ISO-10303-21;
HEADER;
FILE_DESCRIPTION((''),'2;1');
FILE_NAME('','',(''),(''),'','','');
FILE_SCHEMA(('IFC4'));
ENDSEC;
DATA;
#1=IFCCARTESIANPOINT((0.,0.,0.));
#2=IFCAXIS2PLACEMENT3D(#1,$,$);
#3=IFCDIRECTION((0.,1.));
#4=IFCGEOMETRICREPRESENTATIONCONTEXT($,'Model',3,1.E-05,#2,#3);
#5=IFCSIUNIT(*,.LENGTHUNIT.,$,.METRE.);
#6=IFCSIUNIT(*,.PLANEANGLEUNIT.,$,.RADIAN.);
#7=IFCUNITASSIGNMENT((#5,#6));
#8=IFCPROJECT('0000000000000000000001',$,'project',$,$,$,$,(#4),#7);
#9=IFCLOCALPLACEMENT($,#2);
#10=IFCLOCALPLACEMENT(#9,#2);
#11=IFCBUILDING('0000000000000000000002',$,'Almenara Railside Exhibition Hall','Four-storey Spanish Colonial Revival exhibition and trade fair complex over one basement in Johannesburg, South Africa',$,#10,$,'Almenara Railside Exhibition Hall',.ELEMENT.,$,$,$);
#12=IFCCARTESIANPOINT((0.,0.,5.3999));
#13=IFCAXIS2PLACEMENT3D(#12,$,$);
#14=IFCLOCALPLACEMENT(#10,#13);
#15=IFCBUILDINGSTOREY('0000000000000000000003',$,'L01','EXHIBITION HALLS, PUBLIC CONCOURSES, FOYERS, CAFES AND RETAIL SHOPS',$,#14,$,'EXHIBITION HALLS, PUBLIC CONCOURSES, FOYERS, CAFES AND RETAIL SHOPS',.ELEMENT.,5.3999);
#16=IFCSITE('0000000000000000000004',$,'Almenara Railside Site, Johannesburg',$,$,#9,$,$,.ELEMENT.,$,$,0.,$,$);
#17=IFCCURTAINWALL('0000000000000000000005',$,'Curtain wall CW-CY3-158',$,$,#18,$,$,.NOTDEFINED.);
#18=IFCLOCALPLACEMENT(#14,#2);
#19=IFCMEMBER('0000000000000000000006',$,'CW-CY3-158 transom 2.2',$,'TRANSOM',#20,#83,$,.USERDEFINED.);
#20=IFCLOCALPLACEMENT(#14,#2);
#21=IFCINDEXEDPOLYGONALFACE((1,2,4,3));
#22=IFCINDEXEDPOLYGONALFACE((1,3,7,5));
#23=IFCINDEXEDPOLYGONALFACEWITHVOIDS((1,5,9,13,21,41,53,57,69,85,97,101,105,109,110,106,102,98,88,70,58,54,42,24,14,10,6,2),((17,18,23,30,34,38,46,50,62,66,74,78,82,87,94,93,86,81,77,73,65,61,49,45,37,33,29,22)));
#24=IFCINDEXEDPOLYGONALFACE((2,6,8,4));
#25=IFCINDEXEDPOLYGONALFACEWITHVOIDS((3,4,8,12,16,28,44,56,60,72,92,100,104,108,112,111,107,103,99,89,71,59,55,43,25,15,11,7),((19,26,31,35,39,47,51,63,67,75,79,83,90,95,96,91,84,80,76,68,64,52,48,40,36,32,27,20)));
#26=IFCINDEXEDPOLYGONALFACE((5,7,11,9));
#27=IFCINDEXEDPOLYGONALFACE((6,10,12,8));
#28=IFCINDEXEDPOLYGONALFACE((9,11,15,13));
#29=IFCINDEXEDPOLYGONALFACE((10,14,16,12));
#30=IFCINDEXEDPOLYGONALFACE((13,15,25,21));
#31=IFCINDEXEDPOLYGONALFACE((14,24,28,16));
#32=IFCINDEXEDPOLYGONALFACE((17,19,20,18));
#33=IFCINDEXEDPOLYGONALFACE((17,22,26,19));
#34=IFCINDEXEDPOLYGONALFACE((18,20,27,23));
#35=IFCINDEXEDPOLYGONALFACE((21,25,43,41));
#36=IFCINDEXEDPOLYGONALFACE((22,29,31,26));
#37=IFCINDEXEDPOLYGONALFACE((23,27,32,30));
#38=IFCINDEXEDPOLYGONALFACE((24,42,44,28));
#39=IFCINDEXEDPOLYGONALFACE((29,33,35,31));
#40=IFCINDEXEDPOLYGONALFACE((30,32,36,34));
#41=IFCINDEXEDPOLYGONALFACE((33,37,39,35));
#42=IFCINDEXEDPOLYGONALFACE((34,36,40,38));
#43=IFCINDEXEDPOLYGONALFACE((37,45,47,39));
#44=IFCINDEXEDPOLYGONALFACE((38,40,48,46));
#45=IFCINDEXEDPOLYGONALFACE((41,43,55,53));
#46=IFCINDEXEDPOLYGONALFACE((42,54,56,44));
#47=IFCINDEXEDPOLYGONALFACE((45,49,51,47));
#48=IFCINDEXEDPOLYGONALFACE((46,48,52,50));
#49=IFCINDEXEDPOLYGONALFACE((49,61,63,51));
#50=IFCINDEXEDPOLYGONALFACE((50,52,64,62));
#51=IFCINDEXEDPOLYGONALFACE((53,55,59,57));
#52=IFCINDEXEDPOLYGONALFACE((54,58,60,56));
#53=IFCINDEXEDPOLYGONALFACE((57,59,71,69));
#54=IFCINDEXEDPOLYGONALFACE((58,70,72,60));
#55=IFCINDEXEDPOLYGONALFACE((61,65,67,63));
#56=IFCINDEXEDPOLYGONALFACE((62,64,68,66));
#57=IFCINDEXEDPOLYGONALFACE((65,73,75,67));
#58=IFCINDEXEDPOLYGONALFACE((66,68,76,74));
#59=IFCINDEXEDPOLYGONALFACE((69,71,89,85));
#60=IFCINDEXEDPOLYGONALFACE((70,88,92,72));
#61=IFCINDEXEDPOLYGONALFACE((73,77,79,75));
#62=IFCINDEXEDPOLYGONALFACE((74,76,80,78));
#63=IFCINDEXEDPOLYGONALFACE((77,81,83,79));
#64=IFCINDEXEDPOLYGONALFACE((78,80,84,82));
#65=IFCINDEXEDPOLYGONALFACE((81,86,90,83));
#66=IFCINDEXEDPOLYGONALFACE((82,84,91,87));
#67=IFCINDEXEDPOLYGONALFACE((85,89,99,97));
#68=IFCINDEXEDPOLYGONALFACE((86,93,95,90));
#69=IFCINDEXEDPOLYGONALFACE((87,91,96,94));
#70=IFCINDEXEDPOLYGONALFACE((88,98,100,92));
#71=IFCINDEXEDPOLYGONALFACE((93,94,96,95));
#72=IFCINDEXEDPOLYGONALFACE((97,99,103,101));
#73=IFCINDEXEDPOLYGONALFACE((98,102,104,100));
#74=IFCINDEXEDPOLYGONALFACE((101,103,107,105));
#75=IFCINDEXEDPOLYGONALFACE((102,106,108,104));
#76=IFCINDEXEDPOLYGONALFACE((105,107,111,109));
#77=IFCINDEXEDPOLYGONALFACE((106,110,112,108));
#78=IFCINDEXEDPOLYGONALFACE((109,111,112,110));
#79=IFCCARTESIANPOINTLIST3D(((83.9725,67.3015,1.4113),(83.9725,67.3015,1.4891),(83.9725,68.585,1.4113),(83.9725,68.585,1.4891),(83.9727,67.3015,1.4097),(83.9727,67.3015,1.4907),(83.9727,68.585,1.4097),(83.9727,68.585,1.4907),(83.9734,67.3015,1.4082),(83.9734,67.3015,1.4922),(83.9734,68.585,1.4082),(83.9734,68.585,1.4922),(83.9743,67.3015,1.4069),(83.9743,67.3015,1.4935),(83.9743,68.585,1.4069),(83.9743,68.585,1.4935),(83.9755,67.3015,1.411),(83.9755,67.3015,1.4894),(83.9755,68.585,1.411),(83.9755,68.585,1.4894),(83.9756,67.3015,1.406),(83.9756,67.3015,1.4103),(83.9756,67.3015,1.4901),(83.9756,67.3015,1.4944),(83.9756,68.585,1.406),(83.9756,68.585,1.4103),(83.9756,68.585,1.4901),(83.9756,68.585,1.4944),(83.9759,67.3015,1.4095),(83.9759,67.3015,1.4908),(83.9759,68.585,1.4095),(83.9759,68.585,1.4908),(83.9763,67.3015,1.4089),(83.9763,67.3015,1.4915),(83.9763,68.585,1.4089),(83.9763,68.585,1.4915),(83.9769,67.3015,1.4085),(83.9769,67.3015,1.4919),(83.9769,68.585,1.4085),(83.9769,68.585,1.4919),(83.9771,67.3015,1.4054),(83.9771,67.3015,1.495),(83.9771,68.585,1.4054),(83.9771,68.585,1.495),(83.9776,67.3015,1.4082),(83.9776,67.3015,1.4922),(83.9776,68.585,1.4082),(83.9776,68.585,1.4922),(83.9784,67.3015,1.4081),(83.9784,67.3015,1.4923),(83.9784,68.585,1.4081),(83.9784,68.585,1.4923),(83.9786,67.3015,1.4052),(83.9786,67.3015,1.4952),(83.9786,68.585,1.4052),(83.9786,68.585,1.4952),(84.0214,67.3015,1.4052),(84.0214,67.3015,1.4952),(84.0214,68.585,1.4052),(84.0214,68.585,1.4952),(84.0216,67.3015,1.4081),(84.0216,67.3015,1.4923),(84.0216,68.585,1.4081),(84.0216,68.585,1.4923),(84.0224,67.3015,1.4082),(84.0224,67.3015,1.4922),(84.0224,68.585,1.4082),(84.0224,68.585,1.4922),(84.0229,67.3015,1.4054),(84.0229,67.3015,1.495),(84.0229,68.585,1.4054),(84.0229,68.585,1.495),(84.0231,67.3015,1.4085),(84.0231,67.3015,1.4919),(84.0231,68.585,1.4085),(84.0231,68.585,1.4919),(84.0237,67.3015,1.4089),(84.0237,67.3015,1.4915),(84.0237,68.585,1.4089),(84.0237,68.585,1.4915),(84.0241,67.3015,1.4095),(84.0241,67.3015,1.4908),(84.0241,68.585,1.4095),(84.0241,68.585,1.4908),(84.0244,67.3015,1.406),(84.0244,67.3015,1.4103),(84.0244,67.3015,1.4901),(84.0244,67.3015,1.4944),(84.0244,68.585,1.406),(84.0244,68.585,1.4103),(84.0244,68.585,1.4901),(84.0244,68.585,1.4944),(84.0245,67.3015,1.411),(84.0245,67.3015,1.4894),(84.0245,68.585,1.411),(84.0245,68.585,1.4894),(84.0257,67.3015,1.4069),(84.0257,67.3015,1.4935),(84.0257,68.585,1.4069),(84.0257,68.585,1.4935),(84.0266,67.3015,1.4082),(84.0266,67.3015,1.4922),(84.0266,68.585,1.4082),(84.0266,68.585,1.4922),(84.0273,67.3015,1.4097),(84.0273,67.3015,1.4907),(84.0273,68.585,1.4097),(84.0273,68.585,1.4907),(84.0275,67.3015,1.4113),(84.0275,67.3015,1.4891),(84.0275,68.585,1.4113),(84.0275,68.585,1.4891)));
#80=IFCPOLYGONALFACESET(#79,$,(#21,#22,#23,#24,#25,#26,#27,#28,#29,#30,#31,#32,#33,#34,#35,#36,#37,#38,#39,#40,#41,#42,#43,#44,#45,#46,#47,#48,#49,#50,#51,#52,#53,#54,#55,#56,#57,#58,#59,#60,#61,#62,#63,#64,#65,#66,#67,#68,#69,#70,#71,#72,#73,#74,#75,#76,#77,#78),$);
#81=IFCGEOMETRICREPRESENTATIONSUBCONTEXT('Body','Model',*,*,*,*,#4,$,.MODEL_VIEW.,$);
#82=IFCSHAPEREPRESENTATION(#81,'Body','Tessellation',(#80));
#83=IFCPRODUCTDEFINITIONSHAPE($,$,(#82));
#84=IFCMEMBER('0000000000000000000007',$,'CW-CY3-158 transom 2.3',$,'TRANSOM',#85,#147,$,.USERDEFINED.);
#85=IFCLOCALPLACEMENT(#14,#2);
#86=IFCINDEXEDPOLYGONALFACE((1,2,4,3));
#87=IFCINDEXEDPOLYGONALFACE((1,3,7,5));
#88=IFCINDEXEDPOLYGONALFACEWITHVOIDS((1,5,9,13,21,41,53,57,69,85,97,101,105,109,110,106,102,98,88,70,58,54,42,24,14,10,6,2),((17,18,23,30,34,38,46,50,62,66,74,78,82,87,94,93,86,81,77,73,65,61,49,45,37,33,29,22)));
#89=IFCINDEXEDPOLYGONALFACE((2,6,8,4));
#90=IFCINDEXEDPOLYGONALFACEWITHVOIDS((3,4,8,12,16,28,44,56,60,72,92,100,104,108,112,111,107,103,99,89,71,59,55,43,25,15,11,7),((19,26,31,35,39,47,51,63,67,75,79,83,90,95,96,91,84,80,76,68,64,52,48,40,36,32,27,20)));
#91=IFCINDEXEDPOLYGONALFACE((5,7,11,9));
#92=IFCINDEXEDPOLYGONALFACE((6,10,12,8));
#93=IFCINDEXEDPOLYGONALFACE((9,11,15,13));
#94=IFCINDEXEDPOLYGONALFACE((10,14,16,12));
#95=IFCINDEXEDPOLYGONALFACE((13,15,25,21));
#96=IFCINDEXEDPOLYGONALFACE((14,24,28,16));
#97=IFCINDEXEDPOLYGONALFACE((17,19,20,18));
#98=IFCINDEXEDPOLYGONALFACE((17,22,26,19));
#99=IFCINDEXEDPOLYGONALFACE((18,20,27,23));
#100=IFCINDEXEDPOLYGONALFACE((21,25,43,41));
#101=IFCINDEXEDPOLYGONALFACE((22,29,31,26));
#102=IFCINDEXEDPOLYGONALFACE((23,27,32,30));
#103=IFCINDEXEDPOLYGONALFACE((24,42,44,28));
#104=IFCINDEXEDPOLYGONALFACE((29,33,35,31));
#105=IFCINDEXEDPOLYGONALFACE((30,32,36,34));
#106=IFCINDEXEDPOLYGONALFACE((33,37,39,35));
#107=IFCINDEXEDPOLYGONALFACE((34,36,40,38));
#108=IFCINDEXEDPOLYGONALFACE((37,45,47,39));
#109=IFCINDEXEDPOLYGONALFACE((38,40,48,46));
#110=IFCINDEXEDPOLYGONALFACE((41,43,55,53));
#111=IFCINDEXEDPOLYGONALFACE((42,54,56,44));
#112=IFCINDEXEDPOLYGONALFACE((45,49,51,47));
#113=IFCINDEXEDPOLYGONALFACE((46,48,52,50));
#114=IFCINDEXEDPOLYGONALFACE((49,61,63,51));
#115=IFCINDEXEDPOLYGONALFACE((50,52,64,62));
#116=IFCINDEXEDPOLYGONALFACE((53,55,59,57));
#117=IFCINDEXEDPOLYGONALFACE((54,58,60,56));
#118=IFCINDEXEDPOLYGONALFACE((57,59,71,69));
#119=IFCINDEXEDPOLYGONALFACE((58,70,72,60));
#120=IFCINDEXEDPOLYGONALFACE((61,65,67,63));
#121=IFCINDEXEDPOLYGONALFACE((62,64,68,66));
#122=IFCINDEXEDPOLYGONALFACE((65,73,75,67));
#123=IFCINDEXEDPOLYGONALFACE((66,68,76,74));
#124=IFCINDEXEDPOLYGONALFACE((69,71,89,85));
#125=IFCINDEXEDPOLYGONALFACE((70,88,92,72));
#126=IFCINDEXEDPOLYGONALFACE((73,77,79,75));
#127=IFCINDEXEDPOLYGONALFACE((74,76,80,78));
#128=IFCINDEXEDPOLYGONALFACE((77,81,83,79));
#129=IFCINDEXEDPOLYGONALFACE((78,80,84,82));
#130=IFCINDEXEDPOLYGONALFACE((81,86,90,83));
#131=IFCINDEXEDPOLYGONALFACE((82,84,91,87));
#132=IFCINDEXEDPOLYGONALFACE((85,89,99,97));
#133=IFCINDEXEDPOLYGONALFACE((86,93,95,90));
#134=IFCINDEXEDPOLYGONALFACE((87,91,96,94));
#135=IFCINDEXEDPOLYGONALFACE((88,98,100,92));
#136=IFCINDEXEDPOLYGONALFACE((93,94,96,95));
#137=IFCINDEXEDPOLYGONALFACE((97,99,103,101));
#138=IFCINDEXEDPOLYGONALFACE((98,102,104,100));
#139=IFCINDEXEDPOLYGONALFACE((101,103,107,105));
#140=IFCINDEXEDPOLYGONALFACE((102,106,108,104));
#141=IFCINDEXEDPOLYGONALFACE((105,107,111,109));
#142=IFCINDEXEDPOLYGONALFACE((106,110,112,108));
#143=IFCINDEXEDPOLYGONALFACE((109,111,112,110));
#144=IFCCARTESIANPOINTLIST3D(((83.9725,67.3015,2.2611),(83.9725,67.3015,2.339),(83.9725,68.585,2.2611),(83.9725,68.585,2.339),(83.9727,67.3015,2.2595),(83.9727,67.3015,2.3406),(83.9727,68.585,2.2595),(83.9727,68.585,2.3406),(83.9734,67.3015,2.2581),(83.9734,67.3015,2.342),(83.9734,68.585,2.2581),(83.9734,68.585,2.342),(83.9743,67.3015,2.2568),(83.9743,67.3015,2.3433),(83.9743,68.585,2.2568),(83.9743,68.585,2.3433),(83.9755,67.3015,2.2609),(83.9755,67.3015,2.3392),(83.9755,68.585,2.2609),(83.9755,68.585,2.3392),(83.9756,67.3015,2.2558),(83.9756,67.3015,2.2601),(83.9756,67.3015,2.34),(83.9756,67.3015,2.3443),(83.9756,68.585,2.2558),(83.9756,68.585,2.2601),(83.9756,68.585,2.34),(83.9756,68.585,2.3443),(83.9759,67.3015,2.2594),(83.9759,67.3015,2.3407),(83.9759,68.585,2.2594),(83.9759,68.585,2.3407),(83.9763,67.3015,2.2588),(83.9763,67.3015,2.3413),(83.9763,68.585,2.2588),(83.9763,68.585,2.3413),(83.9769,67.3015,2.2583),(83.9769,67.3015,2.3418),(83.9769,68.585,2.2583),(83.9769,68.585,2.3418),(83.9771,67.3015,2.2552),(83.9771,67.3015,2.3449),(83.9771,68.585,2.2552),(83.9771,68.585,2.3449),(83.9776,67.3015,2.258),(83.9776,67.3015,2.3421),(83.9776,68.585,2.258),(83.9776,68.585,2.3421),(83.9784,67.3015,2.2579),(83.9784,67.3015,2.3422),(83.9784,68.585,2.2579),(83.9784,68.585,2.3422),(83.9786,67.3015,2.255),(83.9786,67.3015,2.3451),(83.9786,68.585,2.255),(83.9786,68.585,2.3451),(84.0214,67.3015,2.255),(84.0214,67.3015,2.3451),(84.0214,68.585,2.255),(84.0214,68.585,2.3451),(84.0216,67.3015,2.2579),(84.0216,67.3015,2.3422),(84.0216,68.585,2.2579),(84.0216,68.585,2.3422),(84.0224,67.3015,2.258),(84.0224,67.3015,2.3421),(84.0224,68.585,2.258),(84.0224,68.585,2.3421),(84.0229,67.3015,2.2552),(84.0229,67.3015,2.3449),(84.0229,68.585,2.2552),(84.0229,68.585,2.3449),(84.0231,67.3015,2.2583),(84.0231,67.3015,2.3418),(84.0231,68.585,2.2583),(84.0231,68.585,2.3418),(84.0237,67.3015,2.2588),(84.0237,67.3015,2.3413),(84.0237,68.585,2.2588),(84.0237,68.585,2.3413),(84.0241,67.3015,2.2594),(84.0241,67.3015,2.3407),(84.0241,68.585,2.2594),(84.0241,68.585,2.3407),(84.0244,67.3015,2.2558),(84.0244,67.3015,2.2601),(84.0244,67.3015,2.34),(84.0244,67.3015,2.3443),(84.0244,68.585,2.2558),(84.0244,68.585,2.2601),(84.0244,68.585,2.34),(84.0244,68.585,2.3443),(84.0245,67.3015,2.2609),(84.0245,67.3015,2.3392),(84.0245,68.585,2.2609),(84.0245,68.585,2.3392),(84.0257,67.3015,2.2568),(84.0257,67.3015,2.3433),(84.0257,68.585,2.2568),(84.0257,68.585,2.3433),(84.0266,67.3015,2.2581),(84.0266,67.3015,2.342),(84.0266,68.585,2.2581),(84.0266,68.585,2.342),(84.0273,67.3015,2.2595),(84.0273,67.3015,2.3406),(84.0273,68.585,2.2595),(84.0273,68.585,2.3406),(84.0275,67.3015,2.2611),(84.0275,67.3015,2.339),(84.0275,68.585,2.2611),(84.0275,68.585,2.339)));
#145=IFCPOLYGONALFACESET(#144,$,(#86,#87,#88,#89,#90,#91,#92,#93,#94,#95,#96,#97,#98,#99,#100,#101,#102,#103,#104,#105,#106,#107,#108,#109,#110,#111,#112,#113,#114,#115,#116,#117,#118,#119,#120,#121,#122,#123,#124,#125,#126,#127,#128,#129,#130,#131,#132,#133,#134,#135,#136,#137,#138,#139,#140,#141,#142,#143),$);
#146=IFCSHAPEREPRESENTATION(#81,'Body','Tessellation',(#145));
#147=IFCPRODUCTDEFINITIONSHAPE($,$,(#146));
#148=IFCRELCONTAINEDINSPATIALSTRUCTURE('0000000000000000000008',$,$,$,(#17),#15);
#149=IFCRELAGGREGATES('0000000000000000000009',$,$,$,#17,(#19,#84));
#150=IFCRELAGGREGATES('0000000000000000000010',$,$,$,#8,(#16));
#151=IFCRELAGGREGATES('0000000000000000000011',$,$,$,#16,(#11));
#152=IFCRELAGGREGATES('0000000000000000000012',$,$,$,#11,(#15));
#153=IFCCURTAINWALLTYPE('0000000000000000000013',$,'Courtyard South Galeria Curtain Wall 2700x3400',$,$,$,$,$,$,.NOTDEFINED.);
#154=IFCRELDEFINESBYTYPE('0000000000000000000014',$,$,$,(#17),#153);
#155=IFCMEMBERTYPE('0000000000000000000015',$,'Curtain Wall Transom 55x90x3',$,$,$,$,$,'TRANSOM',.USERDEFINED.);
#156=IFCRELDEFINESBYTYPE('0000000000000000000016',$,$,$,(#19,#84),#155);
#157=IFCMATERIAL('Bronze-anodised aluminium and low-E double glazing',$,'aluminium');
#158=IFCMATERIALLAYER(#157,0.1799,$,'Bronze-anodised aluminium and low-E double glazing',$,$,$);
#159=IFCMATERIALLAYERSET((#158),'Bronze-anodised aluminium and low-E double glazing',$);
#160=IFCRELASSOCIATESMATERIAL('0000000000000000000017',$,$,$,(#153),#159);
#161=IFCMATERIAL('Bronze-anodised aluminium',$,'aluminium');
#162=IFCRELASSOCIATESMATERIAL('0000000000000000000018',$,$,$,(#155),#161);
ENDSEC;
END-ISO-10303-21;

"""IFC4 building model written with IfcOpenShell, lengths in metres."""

from ifc_helpers import new_model, si_unit, direction, frame, origin, origin_2d, place, context, subcontext, project, spatial, hollow_rectangle, extrude, material, layer, layer_set, material_profile, profile_set, type_object, element, aggregate, save


model = new_model("IFC4")

# Units and contexts
model_context = context("Model", 3, precision=1e-05, world=origin(), true_north=direction((0.0, 1.0)))
body_context = subcontext(model_context, "Body", "Model", "MODEL_VIEW")
ifc_project = project(units=[si_unit("LENGTHUNIT", "METRE"), si_unit("PLANEANGLEUNIT", "RADIAN")], contexts=[model_context])

# Site, building, storey
site_placement = place(None, origin())
site = spatial("IfcSite", under=ifc_project, at=site_placement, Name="Almenara Railside Site, Johannesburg", CompositionType="ELEMENT", RefElevation=0.0)
building_placement = place(site_placement, origin())
building = spatial("IfcBuilding", under=site, at=building_placement, Name="Almenara Railside Exhibition Hall", Description="Four-storey Spanish Colonial Revival exhibition and trade fair complex over one basement in Johannesburg, South Africa", LongName="Almenara Railside Exhibition Hall", CompositionType="ELEMENT")
storey_placement = place(building_placement, frame((0.0, 0.0, 5.3999)))
storey = spatial("IfcBuildingStorey", under=building, at=storey_placement, Name="L01", Description="EXHIBITION HALLS, PUBLIC CONCOURSES, FOYERS, CAFES AND RETAIL SHOPS", LongName="EXHIBITION HALLS, PUBLIC CONCOURSES, FOYERS, CAFES AND RETAIL SHOPS", CompositionType="ELEMENT", Elevation=5.3999)

# Curtain wall
ifc_material_1 = material(Name="Bronze-anodised aluminium and low-E double glazing", Category="aluminium")
ifc_layer_1 = layer(ifc_material_1, 0.1799, Name="Bronze-anodised aluminium and low-E double glazing")
ifc_layer_set_1 = layer_set([ifc_layer_1], Name="Bronze-anodised aluminium and low-E double glazing")
curtain_wall_type = type_object("IfcCurtainWallType", Name="Courtyard South Galeria Curtain Wall 2700x3400", PredefinedType="NOTDEFINED", material=ifc_layer_set_1)
curtain_wall_1_placement = place(storey_placement, origin())
curtain_wall_1 = element("IfcCurtainWall", 1, at=curtain_wall_1_placement, inside=storey, type_object=curtain_wall_type, Name="Curtain wall CW-CY3-158", PredefinedType="NOTDEFINED")
ifc_material_2 = material(Name="Bronze-anodised aluminium", Category="aluminium")

# Members
ifc_material_profile_1 = material_profile(ifc_material_2, hollow_rectangle(XDim=0.0549, YDim=0.0901, WallThickness=0.0029, InnerFilletRadius=0.0029, OuterFilletRadius=0.0061, at=origin_2d()), Name="ALU-TRN 55x90x3")
ifc_profile_set_1 = profile_set([ifc_material_profile_1], Name="Bronze-anodised aluminium")
member_type_1 = type_object("IfcMemberType", Name="Curtain Wall Transom 55x90x3", ElementType="TRANSOM", PredefinedType="USERDEFINED", material=ifc_profile_set_1)
member_1_placement = place(storey_placement, frame((84.0, 68.585, 1.4502), z_axis=(0.0, -1.0, 0.0), x_axis=(1.0, 0.0, 0.0)))
member_1 = element("IfcMember", 2, at=member_1_placement, type_object=member_type_1, Name="CW-CY3-158 transom 2.2", ObjectType="TRANSOM", PredefinedType="USERDEFINED", context=body_context, shape_type="SweptSolid", body=[
    extrude(hollow_rectangle(XDim=0.0549, YDim=0.0901, WallThickness=0.0029, InnerFilletRadius=0.0029, OuterFilletRadius=0.0061, at=origin_2d()), origin(), (0.0, 0.0, 1.0), 1.2834),
])
member_2_placement = place(storey_placement, frame((84.0, 68.585, 2.3), z_axis=(0.0, -1.0, 0.0), x_axis=(1.0, 0.0, 0.0)))
member_2 = element("IfcMember", 3, at=member_2_placement, type_object=member_type_1, Name="CW-CY3-158 transom 2.3", ObjectType="TRANSOM", PredefinedType="USERDEFINED", context=body_context, shape_type="SweptSolid", body=[
    extrude(hollow_rectangle(XDim=0.0549, YDim=0.0901, WallThickness=0.0029, InnerFilletRadius=0.0029, OuterFilletRadius=0.0061, at=origin_2d()), origin(), (0.0, 0.0, 1.0), 1.2834),
])

aggregate(curtain_wall_1, [member_1, member_2])

save(model, "model.ifc")
